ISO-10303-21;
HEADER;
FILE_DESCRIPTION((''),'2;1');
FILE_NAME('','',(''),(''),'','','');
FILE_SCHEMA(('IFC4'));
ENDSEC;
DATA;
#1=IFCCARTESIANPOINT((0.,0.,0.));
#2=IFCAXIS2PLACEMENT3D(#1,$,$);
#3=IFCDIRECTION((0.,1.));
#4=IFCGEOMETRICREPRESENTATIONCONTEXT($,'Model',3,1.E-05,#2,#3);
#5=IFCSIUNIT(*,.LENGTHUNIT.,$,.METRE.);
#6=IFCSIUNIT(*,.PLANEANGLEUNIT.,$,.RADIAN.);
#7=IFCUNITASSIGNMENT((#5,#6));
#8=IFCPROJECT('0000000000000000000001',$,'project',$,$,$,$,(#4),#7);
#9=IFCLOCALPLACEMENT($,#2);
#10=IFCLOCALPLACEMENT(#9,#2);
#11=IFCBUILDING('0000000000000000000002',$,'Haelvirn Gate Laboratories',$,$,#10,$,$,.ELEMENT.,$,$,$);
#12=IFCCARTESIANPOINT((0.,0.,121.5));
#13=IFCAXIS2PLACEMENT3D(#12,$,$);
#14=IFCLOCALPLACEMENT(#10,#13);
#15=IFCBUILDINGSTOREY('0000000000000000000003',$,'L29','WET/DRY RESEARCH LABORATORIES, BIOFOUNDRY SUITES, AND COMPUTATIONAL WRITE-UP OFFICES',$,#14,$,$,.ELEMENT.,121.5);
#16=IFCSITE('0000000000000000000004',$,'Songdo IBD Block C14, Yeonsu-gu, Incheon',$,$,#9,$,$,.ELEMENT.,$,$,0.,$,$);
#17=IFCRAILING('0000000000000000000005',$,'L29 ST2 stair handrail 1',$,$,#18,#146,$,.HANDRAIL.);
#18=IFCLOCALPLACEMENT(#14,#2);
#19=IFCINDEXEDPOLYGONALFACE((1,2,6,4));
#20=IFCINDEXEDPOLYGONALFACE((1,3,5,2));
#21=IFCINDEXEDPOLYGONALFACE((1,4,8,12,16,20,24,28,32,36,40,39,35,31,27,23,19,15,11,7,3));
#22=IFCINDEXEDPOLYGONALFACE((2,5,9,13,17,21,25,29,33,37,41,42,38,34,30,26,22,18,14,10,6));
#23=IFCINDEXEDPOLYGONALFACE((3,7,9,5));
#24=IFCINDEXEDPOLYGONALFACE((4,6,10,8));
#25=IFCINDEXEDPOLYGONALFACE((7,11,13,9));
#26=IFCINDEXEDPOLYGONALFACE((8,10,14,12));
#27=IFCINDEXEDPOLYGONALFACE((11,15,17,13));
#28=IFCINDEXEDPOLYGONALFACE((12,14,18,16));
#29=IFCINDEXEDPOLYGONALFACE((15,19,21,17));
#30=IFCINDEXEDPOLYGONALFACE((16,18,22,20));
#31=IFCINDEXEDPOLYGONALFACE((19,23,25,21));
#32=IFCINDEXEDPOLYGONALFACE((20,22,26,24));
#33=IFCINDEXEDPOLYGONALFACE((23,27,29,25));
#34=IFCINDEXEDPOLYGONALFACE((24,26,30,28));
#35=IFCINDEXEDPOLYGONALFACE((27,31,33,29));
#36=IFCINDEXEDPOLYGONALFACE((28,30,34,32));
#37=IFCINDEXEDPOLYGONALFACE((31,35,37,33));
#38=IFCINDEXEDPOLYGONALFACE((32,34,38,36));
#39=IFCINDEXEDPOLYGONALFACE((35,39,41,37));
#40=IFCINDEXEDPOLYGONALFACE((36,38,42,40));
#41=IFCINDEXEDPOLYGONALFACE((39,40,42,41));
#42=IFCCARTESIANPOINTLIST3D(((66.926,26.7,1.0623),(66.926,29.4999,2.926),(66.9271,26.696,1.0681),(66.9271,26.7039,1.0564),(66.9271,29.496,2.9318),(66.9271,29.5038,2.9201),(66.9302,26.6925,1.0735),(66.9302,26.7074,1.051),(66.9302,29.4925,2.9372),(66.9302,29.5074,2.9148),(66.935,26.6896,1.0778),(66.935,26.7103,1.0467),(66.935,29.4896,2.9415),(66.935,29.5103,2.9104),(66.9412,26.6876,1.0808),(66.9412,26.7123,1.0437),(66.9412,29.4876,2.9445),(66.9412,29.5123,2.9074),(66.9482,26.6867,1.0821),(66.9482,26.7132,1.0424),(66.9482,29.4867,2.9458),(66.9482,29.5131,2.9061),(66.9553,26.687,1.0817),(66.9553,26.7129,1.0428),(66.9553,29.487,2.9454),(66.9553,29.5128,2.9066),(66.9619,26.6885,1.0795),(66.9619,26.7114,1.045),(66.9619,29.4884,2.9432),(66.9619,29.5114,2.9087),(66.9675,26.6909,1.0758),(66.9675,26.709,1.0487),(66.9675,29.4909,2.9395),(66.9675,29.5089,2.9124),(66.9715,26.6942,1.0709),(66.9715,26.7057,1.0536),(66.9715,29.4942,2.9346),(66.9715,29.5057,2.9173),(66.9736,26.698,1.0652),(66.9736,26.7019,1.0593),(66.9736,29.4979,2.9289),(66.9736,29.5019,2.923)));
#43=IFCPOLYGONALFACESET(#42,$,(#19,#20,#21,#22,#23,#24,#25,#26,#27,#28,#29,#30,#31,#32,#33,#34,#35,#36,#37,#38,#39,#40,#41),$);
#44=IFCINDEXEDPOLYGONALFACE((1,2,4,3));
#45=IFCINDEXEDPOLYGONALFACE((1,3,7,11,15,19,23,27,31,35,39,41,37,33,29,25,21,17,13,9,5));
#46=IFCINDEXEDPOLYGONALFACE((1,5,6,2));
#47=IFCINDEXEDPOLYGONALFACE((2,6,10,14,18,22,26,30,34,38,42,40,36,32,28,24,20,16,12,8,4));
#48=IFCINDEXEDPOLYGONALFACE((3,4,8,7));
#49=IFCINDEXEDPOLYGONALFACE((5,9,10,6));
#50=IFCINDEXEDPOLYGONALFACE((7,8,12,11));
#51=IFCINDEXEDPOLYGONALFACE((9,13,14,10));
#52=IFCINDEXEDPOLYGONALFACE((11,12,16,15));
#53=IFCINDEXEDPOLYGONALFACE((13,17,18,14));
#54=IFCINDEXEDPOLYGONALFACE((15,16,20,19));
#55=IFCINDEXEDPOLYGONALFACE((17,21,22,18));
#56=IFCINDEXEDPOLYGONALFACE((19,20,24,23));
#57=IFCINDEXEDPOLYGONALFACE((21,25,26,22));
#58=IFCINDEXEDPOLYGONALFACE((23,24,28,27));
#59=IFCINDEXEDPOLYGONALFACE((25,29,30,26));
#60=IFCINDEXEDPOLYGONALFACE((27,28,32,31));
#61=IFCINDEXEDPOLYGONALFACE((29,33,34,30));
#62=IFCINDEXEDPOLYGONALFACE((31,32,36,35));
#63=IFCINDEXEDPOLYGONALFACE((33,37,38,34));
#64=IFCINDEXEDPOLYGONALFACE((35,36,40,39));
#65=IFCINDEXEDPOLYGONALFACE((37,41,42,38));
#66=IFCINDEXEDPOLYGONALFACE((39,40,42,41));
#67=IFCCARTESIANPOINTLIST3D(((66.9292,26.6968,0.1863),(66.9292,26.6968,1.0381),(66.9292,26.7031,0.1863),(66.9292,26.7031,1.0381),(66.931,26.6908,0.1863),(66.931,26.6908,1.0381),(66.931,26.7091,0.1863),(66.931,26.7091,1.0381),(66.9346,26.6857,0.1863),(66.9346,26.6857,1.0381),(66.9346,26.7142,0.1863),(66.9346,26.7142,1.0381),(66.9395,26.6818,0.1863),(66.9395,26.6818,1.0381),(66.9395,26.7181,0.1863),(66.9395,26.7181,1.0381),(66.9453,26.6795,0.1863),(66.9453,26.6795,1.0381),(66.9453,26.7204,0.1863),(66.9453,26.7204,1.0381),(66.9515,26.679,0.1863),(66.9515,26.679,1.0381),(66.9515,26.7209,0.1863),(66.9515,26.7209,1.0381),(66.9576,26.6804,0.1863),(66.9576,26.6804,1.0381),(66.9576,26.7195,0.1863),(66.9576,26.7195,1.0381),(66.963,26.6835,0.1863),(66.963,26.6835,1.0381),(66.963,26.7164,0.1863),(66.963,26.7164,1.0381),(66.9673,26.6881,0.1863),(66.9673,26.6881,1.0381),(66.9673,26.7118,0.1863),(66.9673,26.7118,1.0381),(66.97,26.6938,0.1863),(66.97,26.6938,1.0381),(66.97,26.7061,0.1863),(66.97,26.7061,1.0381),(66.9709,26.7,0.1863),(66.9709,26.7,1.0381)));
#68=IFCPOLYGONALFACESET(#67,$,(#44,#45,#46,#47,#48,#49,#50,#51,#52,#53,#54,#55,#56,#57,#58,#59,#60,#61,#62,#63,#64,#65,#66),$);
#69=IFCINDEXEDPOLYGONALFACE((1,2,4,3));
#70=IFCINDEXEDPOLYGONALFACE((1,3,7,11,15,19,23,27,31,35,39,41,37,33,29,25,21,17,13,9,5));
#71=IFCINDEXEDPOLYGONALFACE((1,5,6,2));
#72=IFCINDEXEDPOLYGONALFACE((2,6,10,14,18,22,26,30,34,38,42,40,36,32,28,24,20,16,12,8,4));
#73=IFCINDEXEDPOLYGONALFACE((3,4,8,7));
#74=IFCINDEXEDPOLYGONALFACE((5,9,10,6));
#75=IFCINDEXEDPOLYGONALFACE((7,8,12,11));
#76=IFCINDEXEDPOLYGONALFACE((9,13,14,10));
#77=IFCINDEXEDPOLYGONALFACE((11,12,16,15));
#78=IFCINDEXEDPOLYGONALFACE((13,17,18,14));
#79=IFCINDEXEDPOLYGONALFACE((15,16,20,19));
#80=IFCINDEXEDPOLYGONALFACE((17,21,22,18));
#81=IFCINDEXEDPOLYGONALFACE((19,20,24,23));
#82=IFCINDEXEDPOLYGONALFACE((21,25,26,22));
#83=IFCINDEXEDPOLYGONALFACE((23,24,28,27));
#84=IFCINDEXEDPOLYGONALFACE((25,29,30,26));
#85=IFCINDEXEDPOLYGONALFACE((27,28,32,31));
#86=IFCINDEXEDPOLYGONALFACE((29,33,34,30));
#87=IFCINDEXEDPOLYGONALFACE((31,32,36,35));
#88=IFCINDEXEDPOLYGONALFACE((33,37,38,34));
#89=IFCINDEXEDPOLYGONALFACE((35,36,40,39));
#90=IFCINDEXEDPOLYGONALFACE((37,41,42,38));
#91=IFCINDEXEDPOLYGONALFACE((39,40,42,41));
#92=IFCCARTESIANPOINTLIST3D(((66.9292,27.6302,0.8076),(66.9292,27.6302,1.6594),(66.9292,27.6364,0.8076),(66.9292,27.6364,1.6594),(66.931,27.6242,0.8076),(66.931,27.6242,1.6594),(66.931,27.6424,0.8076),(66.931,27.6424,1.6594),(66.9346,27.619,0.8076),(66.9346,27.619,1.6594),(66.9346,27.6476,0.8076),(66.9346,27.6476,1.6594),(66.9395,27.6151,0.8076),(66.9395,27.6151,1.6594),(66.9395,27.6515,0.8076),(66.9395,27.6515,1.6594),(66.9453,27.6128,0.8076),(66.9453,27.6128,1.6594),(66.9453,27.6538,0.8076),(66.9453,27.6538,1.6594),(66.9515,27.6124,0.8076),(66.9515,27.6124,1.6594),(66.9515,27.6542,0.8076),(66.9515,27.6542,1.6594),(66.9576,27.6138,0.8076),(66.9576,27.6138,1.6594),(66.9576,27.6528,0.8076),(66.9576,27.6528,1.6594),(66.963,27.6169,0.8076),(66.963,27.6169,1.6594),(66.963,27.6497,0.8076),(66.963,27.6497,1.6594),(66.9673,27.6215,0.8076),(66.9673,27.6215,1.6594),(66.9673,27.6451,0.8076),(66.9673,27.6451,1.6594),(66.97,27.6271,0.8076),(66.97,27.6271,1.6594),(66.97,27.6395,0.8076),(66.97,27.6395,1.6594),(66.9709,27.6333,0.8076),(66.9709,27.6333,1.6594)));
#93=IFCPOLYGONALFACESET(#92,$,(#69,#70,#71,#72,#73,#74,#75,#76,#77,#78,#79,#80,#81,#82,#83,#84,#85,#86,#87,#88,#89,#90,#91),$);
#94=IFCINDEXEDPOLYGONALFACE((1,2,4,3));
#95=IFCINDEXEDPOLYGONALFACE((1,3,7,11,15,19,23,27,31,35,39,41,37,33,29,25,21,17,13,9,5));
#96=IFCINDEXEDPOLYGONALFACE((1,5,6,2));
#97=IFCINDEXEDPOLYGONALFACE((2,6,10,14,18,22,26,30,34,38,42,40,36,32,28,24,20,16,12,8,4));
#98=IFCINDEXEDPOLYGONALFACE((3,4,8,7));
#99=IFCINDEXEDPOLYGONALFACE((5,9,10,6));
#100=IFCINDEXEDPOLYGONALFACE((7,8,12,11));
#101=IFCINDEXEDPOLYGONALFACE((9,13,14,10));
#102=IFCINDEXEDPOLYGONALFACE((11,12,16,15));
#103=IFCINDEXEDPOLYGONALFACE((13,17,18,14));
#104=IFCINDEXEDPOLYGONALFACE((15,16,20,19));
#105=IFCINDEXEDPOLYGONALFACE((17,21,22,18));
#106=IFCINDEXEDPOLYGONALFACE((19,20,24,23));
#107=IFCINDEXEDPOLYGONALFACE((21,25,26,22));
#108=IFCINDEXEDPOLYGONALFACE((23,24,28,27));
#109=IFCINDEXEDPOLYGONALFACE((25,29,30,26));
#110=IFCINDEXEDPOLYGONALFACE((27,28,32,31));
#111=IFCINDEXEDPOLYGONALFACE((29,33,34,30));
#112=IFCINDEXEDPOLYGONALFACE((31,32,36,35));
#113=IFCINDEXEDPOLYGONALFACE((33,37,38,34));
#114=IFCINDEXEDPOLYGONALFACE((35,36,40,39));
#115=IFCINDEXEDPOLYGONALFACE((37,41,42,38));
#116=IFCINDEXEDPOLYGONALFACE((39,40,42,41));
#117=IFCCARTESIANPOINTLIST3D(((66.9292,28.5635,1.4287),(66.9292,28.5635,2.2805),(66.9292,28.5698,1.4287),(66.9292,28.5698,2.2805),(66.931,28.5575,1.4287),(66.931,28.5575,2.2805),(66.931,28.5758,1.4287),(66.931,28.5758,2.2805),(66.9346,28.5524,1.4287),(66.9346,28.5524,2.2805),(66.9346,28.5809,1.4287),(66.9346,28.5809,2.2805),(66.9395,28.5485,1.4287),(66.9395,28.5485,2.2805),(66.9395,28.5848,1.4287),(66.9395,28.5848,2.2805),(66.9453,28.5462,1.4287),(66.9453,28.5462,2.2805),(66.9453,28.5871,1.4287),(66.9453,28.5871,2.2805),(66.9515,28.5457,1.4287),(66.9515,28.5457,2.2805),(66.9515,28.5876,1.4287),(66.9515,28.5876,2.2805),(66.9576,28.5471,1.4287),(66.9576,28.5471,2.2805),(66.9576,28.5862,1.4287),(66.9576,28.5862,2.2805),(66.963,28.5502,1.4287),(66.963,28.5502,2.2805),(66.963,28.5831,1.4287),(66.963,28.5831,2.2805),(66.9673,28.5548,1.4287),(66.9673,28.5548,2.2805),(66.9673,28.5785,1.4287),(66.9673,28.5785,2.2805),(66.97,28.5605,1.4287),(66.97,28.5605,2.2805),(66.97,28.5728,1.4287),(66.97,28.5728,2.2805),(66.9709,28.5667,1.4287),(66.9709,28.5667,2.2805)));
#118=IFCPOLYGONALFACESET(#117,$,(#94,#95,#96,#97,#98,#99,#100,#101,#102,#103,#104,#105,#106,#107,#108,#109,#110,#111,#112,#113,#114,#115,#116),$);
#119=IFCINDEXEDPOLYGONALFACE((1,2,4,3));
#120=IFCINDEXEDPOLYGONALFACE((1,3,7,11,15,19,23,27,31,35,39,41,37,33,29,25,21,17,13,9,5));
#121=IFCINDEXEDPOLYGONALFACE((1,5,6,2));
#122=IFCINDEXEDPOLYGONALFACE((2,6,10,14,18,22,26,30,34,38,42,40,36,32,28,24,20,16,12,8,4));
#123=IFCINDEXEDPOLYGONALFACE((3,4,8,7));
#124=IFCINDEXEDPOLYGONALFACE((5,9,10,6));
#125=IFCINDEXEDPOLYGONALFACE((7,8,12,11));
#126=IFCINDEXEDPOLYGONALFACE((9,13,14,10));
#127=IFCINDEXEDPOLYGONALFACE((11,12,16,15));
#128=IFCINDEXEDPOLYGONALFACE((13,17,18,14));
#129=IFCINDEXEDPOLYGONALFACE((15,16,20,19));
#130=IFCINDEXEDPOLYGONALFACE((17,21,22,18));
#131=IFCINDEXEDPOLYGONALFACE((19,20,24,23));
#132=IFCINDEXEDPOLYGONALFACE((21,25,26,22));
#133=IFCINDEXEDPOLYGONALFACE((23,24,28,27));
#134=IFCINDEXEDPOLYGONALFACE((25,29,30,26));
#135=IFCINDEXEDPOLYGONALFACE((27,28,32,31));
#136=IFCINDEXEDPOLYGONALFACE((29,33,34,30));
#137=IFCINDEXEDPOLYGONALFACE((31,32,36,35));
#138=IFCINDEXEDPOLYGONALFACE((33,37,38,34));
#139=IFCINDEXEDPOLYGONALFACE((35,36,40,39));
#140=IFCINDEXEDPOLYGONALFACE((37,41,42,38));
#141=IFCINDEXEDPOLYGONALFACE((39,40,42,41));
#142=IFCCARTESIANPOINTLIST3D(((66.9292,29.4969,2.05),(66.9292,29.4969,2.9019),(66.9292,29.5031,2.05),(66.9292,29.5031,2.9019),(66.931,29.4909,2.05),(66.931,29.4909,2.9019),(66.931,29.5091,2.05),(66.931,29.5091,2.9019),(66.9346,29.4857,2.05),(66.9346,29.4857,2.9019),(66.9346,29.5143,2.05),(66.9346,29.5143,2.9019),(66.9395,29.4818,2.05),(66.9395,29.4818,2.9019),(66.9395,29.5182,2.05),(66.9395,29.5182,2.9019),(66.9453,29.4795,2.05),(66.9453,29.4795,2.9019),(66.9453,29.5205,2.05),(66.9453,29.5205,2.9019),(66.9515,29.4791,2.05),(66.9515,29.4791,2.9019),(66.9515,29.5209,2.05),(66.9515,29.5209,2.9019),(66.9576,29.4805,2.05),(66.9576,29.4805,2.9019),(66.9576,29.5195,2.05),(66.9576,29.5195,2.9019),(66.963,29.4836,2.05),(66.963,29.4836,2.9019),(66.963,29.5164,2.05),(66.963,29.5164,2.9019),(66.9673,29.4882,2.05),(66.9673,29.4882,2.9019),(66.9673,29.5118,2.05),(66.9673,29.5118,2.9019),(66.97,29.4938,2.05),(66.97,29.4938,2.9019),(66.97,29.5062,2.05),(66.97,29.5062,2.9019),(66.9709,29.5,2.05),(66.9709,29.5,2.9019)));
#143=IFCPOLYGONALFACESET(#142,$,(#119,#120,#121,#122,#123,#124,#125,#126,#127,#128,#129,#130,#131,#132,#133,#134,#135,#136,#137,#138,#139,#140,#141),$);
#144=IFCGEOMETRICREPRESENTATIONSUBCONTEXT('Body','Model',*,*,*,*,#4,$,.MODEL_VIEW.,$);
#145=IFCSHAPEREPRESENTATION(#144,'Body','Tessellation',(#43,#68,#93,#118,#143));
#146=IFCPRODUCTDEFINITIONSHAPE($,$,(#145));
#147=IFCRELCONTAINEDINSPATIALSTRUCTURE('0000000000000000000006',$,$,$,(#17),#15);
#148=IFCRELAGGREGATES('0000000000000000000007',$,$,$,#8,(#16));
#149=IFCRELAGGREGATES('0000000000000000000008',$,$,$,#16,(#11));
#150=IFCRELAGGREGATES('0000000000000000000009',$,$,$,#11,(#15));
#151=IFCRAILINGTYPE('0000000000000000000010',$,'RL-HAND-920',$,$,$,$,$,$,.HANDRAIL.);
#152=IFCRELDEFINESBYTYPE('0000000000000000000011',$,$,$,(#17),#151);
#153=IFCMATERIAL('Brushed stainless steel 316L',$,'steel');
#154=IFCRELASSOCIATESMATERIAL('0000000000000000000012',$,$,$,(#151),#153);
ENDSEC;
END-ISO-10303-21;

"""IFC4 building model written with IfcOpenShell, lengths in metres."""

from ifc_helpers import new_model, si_unit, direction, frame, origin, origin_2d, place, context, subcontext, project, spatial, circle, extrude, source, transform, mapped, material, type_object, element, save


model = new_model("IFC4")

# Units and contexts
model_context = context("Model", 3, precision=1e-05, world=origin(), true_north=direction((0.0, 1.0)))
body_context = subcontext(model_context, "Body", "Model", "MODEL_VIEW")
ifc_project = project(units=[si_unit("LENGTHUNIT", "METRE"), si_unit("PLANEANGLEUNIT", "RADIAN")], contexts=[model_context])

# Site, building, storey
site_placement = place(None, origin())
site = spatial("IfcSite", under=ifc_project, at=site_placement, Name="Songdo IBD Block C14, Yeonsu-gu, Incheon", CompositionType="ELEMENT", RefElevation=0.0)
building_placement = place(site_placement, origin())
building = spatial("IfcBuilding", under=site, at=building_placement, Name="Haelvirn Gate Laboratories", CompositionType="ELEMENT")
storey_placement = place(building_placement, frame((0.0, 0.0, 121.5)))
storey = spatial("IfcBuildingStorey", under=building, at=storey_placement, Name="L29", Description="WET/DRY RESEARCH LABORATORIES, BIOFOUNDRY SUITES, AND COMPUTATIONAL WRITE-UP OFFICES", CompositionType="ELEMENT", Elevation=121.5)

# Railing
ifc_material_1 = material(Name="Brushed stainless steel 316L", Category="steel")
railing_type_1 = type_object("IfcRailingType", Name="RL-HAND-920", PredefinedType="HANDRAIL", material=ifc_material_1)
shared_shape_1 = source(origin(), body_context, "Body", "SweptSolid", [
    extrude(circle(Radius=0.0239, at=origin_2d()), frame((0.0, 0.0, 0.876), z_axis=(0.0, 0.832452, 0.554097), x_axis=(-1.0, 0.0, 0.0)), (0.0, 0.0, 1.0), 3.3635),
    extrude(circle(Radius=0.021, at=origin_2d()), origin(), (0.0, 0.0, 1.0), 0.8518),
    extrude(circle(Radius=0.021, at=origin_2d()), frame((0.0, 0.9333, 0.6213)), (0.0, 0.0, 1.0), 0.8518),
    extrude(circle(Radius=0.021, at=origin_2d()), frame((0.0, 1.8667, 1.2424)), (0.0, 0.0, 1.0), 0.8518),
    extrude(circle(Radius=0.021, at=origin_2d()), frame((0.0, 2.8, 1.8638)), (0.0, 0.0, 1.0), 0.8518),
])
railing_1_placement = place(storey_placement, frame((66.95, 26.7, 0.1863)))
element("IfcRailing", 1, at=railing_1_placement, inside=storey, type_object=railing_type_1, Name="L29 ST2 stair handrail 1", PredefinedType="HANDRAIL", context=body_context, shape_type="MappedRepresentation", body=[
    mapped(shared_shape_1, transform((0.0, 0.0, 0.0), scale=1.0)),
])

save(model, "model.ifc")
